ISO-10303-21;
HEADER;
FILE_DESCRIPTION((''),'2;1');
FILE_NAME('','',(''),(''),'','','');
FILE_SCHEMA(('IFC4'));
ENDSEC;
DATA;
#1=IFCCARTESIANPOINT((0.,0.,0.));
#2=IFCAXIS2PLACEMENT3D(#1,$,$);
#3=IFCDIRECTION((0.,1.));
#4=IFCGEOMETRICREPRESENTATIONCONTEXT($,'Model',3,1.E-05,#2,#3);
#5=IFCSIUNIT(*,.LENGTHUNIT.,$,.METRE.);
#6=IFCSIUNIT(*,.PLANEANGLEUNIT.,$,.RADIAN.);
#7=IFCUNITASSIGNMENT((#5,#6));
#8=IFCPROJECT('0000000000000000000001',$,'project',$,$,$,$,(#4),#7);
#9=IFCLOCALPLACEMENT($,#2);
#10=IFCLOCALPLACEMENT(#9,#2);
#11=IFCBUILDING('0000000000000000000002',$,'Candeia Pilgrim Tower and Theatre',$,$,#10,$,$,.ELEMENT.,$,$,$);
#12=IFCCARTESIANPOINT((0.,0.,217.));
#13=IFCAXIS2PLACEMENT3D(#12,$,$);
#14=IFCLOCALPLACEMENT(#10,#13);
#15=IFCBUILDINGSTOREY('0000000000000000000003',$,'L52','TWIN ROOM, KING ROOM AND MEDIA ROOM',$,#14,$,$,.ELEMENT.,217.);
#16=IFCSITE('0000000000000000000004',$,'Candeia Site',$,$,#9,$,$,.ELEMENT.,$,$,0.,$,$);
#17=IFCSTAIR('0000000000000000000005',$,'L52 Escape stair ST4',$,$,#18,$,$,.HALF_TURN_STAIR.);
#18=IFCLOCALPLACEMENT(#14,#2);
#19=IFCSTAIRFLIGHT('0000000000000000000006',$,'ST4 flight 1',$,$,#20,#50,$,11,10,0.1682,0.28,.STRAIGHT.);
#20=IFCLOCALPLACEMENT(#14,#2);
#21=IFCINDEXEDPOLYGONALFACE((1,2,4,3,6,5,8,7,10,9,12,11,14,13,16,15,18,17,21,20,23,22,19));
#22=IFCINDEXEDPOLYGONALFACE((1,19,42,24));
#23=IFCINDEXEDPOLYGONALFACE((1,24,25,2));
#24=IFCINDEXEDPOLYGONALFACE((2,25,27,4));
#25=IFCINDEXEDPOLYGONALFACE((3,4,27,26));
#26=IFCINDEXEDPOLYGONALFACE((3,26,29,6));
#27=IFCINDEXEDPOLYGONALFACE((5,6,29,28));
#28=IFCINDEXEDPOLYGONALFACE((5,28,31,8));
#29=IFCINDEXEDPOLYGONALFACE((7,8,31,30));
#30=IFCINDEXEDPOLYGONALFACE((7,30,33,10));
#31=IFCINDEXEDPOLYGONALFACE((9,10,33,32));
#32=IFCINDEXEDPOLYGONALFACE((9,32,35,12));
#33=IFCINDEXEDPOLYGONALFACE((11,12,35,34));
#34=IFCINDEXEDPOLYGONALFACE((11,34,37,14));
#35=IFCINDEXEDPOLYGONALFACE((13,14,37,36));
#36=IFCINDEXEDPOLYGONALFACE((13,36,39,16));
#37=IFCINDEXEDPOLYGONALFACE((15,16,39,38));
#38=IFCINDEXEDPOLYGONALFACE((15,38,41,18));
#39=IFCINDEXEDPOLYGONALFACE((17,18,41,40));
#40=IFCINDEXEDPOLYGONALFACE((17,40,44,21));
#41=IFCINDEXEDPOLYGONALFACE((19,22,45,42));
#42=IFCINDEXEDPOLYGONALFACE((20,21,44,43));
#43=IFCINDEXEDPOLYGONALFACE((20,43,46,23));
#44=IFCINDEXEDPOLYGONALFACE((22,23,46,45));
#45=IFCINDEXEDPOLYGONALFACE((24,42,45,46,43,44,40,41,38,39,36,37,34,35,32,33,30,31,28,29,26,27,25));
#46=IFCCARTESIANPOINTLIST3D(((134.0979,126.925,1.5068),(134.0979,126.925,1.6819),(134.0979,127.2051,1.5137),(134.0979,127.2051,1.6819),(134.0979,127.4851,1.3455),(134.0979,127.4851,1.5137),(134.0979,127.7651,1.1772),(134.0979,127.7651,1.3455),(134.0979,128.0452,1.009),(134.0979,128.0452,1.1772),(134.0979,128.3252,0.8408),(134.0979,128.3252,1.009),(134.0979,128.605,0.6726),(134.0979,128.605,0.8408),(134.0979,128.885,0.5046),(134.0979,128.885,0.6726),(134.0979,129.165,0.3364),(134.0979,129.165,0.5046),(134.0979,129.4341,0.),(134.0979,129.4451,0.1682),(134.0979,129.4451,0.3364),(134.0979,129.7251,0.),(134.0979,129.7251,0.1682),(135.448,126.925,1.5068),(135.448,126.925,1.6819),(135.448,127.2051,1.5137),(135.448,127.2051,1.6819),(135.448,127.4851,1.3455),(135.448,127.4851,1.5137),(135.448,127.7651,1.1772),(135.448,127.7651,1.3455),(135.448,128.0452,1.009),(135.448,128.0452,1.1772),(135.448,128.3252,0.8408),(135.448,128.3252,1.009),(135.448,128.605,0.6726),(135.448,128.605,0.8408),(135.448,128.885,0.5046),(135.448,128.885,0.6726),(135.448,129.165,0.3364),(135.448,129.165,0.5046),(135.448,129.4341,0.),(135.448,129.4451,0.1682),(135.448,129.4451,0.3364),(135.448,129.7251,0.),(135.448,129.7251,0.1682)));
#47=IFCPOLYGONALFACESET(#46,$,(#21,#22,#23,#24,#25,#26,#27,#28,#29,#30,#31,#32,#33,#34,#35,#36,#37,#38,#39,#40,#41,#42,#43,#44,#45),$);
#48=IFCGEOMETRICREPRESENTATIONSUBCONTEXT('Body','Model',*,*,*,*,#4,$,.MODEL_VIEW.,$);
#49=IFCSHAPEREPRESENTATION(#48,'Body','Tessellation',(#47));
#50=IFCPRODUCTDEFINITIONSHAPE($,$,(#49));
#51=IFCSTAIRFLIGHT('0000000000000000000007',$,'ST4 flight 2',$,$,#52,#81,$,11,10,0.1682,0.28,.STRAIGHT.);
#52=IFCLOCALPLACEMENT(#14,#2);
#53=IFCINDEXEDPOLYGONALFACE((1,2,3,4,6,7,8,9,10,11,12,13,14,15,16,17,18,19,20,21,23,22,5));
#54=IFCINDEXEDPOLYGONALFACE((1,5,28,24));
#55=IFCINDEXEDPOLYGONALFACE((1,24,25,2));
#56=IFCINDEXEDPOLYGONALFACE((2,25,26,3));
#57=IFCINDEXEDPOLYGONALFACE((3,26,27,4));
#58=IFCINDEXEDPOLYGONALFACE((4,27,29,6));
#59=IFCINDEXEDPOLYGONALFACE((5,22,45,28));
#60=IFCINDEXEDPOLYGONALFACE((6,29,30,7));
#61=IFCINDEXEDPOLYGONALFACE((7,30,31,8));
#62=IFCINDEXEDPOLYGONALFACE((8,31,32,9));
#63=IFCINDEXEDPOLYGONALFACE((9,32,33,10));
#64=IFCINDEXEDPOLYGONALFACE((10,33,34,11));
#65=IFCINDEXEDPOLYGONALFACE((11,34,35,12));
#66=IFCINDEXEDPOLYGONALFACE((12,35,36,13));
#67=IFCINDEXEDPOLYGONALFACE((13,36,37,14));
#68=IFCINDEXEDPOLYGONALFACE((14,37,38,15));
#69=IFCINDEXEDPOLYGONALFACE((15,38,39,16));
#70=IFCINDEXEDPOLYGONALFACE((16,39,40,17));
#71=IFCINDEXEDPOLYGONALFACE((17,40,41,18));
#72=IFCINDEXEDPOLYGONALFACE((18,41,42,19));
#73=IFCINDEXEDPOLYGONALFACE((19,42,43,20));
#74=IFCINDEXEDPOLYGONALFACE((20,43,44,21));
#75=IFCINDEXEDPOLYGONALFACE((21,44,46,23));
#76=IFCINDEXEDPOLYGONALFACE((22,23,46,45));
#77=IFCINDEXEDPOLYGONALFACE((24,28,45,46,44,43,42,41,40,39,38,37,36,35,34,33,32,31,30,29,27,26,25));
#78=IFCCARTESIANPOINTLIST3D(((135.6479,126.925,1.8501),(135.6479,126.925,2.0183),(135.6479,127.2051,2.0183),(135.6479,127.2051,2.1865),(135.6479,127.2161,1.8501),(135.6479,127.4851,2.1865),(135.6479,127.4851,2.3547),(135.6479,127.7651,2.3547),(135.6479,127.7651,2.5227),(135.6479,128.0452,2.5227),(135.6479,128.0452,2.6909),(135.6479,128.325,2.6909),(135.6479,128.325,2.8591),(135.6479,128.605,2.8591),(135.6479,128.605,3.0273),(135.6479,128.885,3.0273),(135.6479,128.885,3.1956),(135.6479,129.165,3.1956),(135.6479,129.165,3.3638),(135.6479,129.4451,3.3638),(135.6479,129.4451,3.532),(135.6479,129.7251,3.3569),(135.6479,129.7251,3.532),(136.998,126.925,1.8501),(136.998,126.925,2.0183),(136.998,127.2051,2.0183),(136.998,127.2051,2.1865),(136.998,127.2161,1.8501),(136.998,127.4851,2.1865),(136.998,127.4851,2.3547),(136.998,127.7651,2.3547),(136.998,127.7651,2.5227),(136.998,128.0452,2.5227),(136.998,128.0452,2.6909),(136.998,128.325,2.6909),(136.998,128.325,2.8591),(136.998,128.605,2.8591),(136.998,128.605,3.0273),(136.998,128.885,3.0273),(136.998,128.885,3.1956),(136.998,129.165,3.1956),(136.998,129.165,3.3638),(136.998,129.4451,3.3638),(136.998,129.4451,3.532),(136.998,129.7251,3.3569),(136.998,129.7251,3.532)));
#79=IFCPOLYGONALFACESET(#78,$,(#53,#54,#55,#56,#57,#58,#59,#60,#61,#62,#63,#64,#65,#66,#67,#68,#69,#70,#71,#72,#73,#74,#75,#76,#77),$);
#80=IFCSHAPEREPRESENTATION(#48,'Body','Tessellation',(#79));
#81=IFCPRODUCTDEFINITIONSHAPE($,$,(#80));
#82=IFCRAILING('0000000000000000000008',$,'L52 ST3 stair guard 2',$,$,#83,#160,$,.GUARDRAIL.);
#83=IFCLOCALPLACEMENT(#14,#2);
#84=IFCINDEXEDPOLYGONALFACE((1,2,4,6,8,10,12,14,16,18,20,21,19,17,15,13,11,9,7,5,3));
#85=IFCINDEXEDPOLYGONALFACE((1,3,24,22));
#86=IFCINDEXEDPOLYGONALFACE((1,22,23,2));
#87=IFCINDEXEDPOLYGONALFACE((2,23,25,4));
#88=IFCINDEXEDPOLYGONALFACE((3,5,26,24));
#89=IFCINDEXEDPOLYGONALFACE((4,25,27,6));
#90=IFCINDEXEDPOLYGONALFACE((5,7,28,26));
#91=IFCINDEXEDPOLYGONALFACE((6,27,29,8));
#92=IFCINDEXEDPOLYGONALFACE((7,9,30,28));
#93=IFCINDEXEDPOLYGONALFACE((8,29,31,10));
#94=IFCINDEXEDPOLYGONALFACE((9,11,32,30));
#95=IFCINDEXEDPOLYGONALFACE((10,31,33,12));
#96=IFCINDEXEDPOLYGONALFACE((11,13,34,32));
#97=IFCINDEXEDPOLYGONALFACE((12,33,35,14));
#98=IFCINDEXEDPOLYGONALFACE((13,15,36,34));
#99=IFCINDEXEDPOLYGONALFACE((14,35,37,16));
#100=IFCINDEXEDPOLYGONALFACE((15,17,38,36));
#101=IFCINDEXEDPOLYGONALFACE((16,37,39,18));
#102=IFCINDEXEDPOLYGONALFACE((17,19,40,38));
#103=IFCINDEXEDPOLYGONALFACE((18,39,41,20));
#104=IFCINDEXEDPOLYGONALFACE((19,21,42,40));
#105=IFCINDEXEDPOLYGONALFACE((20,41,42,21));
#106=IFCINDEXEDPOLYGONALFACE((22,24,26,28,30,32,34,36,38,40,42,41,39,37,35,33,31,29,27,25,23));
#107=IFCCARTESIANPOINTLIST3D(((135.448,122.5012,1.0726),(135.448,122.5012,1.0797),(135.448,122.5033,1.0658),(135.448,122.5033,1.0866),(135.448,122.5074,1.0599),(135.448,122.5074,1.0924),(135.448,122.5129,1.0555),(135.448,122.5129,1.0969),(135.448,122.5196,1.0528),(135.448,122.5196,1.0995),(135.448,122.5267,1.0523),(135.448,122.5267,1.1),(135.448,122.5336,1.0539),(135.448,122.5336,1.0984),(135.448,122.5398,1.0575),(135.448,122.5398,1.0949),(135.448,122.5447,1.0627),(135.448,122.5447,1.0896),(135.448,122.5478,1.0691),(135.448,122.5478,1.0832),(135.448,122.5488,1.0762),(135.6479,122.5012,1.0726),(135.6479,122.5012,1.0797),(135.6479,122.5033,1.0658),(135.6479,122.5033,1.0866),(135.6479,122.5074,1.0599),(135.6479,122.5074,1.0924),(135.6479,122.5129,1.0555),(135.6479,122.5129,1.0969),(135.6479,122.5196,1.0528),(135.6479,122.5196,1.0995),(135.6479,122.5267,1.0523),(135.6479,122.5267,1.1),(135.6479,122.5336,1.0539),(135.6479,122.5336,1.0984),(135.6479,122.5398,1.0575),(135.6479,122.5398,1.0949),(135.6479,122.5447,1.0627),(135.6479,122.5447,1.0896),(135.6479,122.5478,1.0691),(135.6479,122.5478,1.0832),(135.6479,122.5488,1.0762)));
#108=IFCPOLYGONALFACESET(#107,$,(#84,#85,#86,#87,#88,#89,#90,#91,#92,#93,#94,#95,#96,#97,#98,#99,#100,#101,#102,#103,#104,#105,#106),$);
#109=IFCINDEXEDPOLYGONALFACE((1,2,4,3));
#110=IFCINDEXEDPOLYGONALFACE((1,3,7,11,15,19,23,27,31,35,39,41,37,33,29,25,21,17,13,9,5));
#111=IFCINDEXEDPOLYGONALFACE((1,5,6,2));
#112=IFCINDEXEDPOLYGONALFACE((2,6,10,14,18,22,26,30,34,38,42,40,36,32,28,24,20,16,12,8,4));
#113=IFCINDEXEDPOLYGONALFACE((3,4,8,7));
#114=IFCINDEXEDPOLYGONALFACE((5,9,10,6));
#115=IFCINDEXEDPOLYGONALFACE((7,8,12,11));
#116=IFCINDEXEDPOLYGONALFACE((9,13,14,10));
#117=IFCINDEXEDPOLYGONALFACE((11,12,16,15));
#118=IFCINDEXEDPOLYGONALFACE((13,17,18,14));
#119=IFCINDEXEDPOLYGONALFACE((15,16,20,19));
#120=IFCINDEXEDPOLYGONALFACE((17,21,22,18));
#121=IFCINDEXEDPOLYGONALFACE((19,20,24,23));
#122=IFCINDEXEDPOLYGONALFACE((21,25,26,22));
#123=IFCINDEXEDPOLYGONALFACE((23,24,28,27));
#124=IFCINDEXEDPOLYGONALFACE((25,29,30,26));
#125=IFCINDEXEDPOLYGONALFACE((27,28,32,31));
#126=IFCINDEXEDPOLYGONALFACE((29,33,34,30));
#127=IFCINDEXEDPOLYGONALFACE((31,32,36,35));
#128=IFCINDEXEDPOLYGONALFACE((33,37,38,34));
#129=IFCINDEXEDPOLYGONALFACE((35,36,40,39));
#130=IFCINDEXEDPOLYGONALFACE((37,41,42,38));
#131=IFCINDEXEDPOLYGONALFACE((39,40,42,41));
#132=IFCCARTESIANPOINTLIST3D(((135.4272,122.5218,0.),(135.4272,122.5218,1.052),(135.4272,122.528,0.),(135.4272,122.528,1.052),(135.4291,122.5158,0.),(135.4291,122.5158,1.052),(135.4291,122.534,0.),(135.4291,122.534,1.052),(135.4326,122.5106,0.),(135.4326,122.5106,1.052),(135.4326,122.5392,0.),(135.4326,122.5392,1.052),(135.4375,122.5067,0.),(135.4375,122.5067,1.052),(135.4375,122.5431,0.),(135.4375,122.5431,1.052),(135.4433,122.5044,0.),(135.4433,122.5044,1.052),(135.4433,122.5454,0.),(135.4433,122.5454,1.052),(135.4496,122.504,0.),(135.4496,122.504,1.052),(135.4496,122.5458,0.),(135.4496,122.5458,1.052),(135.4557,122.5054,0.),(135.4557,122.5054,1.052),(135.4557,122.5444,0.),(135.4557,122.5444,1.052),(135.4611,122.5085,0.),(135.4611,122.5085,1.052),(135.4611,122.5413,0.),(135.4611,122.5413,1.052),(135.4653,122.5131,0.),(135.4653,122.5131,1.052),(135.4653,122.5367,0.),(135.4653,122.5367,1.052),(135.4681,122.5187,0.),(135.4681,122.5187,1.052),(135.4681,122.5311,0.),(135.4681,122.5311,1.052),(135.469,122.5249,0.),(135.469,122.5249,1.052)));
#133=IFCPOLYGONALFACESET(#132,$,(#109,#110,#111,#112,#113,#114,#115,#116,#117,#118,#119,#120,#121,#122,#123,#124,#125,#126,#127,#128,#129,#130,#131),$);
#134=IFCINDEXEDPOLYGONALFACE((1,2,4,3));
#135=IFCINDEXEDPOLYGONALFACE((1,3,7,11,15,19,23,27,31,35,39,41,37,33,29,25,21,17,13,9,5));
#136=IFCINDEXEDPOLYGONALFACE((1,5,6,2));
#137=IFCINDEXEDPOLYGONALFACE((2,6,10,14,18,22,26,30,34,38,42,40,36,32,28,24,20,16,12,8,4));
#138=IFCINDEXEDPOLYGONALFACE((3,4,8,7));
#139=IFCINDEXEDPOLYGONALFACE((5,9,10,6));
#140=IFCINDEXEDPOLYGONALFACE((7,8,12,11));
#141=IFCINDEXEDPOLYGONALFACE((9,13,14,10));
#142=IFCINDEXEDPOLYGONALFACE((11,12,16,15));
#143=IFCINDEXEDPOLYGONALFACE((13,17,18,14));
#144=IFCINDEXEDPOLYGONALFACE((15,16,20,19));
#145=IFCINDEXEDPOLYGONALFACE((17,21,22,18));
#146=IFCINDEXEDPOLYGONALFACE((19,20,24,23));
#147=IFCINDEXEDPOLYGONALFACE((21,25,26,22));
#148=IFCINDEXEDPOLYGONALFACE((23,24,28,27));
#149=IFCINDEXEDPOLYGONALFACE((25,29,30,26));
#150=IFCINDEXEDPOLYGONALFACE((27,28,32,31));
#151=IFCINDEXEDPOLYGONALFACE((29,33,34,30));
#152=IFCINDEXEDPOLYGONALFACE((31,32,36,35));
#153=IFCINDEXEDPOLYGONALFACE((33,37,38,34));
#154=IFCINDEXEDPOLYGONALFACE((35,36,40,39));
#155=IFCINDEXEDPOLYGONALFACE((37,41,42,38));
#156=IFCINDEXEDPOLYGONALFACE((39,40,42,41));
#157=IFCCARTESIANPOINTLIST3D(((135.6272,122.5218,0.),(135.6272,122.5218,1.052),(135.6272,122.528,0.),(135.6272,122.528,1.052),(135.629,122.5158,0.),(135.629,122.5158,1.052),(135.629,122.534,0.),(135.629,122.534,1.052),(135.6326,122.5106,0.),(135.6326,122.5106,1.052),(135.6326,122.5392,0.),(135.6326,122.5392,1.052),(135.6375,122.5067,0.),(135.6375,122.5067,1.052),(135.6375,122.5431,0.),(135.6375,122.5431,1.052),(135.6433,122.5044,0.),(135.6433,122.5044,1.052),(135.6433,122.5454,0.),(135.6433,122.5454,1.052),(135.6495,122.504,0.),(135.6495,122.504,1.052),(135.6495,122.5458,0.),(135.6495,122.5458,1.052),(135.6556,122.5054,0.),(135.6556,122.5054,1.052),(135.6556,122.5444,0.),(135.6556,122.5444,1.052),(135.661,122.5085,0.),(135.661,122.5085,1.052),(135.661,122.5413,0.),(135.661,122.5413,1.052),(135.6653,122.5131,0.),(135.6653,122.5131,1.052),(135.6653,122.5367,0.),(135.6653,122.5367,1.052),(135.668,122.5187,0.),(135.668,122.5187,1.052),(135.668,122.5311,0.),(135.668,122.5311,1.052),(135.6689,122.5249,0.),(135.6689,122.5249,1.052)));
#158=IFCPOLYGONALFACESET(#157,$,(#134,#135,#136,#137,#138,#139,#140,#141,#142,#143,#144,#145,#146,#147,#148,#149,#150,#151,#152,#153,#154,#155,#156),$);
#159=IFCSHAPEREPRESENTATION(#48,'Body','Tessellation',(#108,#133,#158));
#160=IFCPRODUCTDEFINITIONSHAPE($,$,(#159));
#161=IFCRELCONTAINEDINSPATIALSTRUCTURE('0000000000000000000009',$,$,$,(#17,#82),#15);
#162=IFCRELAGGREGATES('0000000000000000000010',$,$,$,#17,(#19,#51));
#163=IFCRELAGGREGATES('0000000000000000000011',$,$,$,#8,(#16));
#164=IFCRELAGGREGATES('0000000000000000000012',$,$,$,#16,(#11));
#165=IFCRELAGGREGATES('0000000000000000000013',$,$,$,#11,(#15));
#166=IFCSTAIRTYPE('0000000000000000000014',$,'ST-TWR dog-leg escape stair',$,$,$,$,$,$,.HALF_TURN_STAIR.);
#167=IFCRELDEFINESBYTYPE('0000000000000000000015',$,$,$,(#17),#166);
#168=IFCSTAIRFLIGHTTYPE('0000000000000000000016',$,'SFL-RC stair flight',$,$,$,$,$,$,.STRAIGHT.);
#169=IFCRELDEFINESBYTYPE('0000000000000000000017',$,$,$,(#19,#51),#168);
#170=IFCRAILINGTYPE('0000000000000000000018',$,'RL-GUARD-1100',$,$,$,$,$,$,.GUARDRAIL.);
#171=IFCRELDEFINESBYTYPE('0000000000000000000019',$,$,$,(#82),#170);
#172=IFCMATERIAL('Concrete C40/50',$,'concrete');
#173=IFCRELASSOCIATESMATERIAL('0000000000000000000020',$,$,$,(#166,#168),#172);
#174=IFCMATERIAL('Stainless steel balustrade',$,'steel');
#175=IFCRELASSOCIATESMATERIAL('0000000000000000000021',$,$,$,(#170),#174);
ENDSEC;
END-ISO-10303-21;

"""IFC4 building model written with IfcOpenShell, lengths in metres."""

from ifc_helpers import new_model, si_unit, direction, frame, origin, origin_2d, place, context, subcontext, project, spatial, polyline, circle, outline, extrude, material, type_object, element, aggregate, save


model = new_model("IFC4")

# Units and contexts
model_context = context("Model", 3, precision=1e-05, world=origin(), true_north=direction((0.0, 1.0)))
body_context = subcontext(model_context, "Body", "Model", "MODEL_VIEW")
ifc_project = project(units=[si_unit("LENGTHUNIT", "METRE"), si_unit("PLANEANGLEUNIT", "RADIAN")], contexts=[model_context])

# Site, building, storey
site_placement = place(None, origin())
site = spatial("IfcSite", under=ifc_project, at=site_placement, Name="Candeia Site", CompositionType="ELEMENT", RefElevation=0.0)
building_placement = place(site_placement, origin())
building = spatial("IfcBuilding", under=site, at=building_placement, Name="Candeia Pilgrim Tower and Theatre", CompositionType="ELEMENT")
storey_placement = place(building_placement, frame((0.0, 0.0, 217.0)))
storey = spatial("IfcBuildingStorey", under=building, at=storey_placement, Name="L52", Description="TWIN ROOM, KING ROOM AND MEDIA ROOM", CompositionType="ELEMENT", Elevation=217.0)

# Shared definitions
ifc_material_1 = material(Name="Concrete C40/50", Category="concrete")

# Stair, stair flights
stair_type = type_object("IfcStairType", Name="ST-TWR dog-leg escape stair", PredefinedType="HALF_TURN_STAIR", material=ifc_material_1)
stair_flight_type = type_object("IfcStairFlightType", Name="SFL-RC stair flight", PredefinedType="STRAIGHT", material=ifc_material_1)
stair_1_placement = place(storey_placement, origin())
stair_1 = element("IfcStair", 1, at=stair_1_placement, inside=storey, type_object=stair_type, Name="L52 Escape stair ST4", PredefinedType="HALF_TURN_STAIR")
stair_flight_1_placement = place(storey_placement, frame((134.7729, 129.7251, 0.0), z_axis=(0.0, 0.0, 1.0), x_axis=(0.0, -1.0, 0.0)))
stair_flight_1 = element("IfcStairFlight", 2, at=stair_flight_1_placement, type_object=stair_flight_type, Name="ST4 flight 1", NumberOfRisers=11, NumberOfTreads=10, PredefinedType="STRAIGHT", RiserHeight=0.1682, TreadLength=0.28, context=body_context, shape_type="SweptSolid", body=[
    extrude(outline(polyline([(0.0, 0.0), (0.0, 0.1682), (0.28, 0.1682), (0.28, 0.3364), (0.5601, 0.3364), (0.5601, 0.5046), (0.8401, 0.5046), (0.8401, 0.6726), (1.1201, 0.6726), (1.1201, 0.8408), (1.3999, 0.8408), (1.3999, 1.009), (1.6799, 1.009), (1.6799, 1.1772), (1.96, 1.1772), (1.96, 1.3455), (2.24, 1.3455), (2.24, 1.5137), (2.52, 1.5137), (2.52, 1.6819), (2.8, 1.6819), (2.8, 1.8501), (2.8, 1.5068), (0.291, 0.0), (0.0, 0.0)])), frame((0.0, 0.675, 0.0), z_axis=(0.0, -1.0, 0.0), x_axis=(1.0, 0.0, 0.0)), (0.0, 0.0, 1.0), 1.3501),
])
stair_flight_2_placement = place(storey_placement, frame((136.323, 126.925, 1.8501), z_axis=(0.0, 0.0, 1.0), x_axis=(0.0, 1.0, 0.0)))
stair_flight_2 = element("IfcStairFlight", 3, at=stair_flight_2_placement, type_object=stair_flight_type, Name="ST4 flight 2", NumberOfRisers=11, NumberOfTreads=10, PredefinedType="STRAIGHT", RiserHeight=0.1682, TreadLength=0.28, context=body_context, shape_type="SweptSolid", body=[
    extrude(outline(polyline([(0.0, 0.0), (0.0, 0.1682), (0.28, 0.1682), (0.28, 0.3364), (0.5601, 0.3364), (0.5601, 0.5046), (0.8401, 0.5046), (0.8401, 0.6726), (1.1201, 0.6726), (1.1201, 0.8408), (1.3999, 0.8408), (1.3999, 1.009), (1.6799, 1.009), (1.6799, 1.1772), (1.96, 1.1772), (1.96, 1.3455), (2.24, 1.3455), (2.24, 1.5137), (2.52, 1.5137), (2.52, 1.6819), (2.8, 1.6819), (2.8, 1.8501), (2.8, 1.5068), (0.291, 0.0), (0.0, 0.0)])), frame((0.0, 0.675, 0.0), z_axis=(0.0, -1.0, 0.0), x_axis=(1.0, 0.0, 0.0)), (0.0, 0.0, 1.0), 1.3501),
])
aggregate(stair_1, [stair_flight_1, stair_flight_2])

# Railing
ifc_material_2 = material(Name="Stainless steel balustrade", Category="steel")
railing_type_1 = type_object("IfcRailingType", Name="RL-GUARD-1100", PredefinedType="GUARDRAIL", material=ifc_material_2)
railing_1_placement = place(storey_placement, frame((135.448, 122.5249, 0.0)))
element("IfcRailing", 4, at=railing_1_placement, inside=storey, type_object=railing_type_1, Name="L52 ST3 stair guard 2", PredefinedType="GUARDRAIL", context=body_context, shape_type="SweptSolid", body=[
    extrude(circle(Radius=0.0239, at=origin_2d()), frame((0.0, 0.0, 1.0762), z_axis=(1.0, 0.0, 0.0), x_axis=(0.0, 1.0, 0.0)), (0.0, 0.0, 1.0), 0.2),
    extrude(circle(Radius=0.021, at=origin_2d()), origin(), (0.0, 0.0, 1.0), 1.052),
    extrude(circle(Radius=0.021, at=origin_2d()), frame((0.2, 0.0, 0.0)), (0.0, 0.0, 1.0), 1.052),
])

save(model, "model.ifc")
